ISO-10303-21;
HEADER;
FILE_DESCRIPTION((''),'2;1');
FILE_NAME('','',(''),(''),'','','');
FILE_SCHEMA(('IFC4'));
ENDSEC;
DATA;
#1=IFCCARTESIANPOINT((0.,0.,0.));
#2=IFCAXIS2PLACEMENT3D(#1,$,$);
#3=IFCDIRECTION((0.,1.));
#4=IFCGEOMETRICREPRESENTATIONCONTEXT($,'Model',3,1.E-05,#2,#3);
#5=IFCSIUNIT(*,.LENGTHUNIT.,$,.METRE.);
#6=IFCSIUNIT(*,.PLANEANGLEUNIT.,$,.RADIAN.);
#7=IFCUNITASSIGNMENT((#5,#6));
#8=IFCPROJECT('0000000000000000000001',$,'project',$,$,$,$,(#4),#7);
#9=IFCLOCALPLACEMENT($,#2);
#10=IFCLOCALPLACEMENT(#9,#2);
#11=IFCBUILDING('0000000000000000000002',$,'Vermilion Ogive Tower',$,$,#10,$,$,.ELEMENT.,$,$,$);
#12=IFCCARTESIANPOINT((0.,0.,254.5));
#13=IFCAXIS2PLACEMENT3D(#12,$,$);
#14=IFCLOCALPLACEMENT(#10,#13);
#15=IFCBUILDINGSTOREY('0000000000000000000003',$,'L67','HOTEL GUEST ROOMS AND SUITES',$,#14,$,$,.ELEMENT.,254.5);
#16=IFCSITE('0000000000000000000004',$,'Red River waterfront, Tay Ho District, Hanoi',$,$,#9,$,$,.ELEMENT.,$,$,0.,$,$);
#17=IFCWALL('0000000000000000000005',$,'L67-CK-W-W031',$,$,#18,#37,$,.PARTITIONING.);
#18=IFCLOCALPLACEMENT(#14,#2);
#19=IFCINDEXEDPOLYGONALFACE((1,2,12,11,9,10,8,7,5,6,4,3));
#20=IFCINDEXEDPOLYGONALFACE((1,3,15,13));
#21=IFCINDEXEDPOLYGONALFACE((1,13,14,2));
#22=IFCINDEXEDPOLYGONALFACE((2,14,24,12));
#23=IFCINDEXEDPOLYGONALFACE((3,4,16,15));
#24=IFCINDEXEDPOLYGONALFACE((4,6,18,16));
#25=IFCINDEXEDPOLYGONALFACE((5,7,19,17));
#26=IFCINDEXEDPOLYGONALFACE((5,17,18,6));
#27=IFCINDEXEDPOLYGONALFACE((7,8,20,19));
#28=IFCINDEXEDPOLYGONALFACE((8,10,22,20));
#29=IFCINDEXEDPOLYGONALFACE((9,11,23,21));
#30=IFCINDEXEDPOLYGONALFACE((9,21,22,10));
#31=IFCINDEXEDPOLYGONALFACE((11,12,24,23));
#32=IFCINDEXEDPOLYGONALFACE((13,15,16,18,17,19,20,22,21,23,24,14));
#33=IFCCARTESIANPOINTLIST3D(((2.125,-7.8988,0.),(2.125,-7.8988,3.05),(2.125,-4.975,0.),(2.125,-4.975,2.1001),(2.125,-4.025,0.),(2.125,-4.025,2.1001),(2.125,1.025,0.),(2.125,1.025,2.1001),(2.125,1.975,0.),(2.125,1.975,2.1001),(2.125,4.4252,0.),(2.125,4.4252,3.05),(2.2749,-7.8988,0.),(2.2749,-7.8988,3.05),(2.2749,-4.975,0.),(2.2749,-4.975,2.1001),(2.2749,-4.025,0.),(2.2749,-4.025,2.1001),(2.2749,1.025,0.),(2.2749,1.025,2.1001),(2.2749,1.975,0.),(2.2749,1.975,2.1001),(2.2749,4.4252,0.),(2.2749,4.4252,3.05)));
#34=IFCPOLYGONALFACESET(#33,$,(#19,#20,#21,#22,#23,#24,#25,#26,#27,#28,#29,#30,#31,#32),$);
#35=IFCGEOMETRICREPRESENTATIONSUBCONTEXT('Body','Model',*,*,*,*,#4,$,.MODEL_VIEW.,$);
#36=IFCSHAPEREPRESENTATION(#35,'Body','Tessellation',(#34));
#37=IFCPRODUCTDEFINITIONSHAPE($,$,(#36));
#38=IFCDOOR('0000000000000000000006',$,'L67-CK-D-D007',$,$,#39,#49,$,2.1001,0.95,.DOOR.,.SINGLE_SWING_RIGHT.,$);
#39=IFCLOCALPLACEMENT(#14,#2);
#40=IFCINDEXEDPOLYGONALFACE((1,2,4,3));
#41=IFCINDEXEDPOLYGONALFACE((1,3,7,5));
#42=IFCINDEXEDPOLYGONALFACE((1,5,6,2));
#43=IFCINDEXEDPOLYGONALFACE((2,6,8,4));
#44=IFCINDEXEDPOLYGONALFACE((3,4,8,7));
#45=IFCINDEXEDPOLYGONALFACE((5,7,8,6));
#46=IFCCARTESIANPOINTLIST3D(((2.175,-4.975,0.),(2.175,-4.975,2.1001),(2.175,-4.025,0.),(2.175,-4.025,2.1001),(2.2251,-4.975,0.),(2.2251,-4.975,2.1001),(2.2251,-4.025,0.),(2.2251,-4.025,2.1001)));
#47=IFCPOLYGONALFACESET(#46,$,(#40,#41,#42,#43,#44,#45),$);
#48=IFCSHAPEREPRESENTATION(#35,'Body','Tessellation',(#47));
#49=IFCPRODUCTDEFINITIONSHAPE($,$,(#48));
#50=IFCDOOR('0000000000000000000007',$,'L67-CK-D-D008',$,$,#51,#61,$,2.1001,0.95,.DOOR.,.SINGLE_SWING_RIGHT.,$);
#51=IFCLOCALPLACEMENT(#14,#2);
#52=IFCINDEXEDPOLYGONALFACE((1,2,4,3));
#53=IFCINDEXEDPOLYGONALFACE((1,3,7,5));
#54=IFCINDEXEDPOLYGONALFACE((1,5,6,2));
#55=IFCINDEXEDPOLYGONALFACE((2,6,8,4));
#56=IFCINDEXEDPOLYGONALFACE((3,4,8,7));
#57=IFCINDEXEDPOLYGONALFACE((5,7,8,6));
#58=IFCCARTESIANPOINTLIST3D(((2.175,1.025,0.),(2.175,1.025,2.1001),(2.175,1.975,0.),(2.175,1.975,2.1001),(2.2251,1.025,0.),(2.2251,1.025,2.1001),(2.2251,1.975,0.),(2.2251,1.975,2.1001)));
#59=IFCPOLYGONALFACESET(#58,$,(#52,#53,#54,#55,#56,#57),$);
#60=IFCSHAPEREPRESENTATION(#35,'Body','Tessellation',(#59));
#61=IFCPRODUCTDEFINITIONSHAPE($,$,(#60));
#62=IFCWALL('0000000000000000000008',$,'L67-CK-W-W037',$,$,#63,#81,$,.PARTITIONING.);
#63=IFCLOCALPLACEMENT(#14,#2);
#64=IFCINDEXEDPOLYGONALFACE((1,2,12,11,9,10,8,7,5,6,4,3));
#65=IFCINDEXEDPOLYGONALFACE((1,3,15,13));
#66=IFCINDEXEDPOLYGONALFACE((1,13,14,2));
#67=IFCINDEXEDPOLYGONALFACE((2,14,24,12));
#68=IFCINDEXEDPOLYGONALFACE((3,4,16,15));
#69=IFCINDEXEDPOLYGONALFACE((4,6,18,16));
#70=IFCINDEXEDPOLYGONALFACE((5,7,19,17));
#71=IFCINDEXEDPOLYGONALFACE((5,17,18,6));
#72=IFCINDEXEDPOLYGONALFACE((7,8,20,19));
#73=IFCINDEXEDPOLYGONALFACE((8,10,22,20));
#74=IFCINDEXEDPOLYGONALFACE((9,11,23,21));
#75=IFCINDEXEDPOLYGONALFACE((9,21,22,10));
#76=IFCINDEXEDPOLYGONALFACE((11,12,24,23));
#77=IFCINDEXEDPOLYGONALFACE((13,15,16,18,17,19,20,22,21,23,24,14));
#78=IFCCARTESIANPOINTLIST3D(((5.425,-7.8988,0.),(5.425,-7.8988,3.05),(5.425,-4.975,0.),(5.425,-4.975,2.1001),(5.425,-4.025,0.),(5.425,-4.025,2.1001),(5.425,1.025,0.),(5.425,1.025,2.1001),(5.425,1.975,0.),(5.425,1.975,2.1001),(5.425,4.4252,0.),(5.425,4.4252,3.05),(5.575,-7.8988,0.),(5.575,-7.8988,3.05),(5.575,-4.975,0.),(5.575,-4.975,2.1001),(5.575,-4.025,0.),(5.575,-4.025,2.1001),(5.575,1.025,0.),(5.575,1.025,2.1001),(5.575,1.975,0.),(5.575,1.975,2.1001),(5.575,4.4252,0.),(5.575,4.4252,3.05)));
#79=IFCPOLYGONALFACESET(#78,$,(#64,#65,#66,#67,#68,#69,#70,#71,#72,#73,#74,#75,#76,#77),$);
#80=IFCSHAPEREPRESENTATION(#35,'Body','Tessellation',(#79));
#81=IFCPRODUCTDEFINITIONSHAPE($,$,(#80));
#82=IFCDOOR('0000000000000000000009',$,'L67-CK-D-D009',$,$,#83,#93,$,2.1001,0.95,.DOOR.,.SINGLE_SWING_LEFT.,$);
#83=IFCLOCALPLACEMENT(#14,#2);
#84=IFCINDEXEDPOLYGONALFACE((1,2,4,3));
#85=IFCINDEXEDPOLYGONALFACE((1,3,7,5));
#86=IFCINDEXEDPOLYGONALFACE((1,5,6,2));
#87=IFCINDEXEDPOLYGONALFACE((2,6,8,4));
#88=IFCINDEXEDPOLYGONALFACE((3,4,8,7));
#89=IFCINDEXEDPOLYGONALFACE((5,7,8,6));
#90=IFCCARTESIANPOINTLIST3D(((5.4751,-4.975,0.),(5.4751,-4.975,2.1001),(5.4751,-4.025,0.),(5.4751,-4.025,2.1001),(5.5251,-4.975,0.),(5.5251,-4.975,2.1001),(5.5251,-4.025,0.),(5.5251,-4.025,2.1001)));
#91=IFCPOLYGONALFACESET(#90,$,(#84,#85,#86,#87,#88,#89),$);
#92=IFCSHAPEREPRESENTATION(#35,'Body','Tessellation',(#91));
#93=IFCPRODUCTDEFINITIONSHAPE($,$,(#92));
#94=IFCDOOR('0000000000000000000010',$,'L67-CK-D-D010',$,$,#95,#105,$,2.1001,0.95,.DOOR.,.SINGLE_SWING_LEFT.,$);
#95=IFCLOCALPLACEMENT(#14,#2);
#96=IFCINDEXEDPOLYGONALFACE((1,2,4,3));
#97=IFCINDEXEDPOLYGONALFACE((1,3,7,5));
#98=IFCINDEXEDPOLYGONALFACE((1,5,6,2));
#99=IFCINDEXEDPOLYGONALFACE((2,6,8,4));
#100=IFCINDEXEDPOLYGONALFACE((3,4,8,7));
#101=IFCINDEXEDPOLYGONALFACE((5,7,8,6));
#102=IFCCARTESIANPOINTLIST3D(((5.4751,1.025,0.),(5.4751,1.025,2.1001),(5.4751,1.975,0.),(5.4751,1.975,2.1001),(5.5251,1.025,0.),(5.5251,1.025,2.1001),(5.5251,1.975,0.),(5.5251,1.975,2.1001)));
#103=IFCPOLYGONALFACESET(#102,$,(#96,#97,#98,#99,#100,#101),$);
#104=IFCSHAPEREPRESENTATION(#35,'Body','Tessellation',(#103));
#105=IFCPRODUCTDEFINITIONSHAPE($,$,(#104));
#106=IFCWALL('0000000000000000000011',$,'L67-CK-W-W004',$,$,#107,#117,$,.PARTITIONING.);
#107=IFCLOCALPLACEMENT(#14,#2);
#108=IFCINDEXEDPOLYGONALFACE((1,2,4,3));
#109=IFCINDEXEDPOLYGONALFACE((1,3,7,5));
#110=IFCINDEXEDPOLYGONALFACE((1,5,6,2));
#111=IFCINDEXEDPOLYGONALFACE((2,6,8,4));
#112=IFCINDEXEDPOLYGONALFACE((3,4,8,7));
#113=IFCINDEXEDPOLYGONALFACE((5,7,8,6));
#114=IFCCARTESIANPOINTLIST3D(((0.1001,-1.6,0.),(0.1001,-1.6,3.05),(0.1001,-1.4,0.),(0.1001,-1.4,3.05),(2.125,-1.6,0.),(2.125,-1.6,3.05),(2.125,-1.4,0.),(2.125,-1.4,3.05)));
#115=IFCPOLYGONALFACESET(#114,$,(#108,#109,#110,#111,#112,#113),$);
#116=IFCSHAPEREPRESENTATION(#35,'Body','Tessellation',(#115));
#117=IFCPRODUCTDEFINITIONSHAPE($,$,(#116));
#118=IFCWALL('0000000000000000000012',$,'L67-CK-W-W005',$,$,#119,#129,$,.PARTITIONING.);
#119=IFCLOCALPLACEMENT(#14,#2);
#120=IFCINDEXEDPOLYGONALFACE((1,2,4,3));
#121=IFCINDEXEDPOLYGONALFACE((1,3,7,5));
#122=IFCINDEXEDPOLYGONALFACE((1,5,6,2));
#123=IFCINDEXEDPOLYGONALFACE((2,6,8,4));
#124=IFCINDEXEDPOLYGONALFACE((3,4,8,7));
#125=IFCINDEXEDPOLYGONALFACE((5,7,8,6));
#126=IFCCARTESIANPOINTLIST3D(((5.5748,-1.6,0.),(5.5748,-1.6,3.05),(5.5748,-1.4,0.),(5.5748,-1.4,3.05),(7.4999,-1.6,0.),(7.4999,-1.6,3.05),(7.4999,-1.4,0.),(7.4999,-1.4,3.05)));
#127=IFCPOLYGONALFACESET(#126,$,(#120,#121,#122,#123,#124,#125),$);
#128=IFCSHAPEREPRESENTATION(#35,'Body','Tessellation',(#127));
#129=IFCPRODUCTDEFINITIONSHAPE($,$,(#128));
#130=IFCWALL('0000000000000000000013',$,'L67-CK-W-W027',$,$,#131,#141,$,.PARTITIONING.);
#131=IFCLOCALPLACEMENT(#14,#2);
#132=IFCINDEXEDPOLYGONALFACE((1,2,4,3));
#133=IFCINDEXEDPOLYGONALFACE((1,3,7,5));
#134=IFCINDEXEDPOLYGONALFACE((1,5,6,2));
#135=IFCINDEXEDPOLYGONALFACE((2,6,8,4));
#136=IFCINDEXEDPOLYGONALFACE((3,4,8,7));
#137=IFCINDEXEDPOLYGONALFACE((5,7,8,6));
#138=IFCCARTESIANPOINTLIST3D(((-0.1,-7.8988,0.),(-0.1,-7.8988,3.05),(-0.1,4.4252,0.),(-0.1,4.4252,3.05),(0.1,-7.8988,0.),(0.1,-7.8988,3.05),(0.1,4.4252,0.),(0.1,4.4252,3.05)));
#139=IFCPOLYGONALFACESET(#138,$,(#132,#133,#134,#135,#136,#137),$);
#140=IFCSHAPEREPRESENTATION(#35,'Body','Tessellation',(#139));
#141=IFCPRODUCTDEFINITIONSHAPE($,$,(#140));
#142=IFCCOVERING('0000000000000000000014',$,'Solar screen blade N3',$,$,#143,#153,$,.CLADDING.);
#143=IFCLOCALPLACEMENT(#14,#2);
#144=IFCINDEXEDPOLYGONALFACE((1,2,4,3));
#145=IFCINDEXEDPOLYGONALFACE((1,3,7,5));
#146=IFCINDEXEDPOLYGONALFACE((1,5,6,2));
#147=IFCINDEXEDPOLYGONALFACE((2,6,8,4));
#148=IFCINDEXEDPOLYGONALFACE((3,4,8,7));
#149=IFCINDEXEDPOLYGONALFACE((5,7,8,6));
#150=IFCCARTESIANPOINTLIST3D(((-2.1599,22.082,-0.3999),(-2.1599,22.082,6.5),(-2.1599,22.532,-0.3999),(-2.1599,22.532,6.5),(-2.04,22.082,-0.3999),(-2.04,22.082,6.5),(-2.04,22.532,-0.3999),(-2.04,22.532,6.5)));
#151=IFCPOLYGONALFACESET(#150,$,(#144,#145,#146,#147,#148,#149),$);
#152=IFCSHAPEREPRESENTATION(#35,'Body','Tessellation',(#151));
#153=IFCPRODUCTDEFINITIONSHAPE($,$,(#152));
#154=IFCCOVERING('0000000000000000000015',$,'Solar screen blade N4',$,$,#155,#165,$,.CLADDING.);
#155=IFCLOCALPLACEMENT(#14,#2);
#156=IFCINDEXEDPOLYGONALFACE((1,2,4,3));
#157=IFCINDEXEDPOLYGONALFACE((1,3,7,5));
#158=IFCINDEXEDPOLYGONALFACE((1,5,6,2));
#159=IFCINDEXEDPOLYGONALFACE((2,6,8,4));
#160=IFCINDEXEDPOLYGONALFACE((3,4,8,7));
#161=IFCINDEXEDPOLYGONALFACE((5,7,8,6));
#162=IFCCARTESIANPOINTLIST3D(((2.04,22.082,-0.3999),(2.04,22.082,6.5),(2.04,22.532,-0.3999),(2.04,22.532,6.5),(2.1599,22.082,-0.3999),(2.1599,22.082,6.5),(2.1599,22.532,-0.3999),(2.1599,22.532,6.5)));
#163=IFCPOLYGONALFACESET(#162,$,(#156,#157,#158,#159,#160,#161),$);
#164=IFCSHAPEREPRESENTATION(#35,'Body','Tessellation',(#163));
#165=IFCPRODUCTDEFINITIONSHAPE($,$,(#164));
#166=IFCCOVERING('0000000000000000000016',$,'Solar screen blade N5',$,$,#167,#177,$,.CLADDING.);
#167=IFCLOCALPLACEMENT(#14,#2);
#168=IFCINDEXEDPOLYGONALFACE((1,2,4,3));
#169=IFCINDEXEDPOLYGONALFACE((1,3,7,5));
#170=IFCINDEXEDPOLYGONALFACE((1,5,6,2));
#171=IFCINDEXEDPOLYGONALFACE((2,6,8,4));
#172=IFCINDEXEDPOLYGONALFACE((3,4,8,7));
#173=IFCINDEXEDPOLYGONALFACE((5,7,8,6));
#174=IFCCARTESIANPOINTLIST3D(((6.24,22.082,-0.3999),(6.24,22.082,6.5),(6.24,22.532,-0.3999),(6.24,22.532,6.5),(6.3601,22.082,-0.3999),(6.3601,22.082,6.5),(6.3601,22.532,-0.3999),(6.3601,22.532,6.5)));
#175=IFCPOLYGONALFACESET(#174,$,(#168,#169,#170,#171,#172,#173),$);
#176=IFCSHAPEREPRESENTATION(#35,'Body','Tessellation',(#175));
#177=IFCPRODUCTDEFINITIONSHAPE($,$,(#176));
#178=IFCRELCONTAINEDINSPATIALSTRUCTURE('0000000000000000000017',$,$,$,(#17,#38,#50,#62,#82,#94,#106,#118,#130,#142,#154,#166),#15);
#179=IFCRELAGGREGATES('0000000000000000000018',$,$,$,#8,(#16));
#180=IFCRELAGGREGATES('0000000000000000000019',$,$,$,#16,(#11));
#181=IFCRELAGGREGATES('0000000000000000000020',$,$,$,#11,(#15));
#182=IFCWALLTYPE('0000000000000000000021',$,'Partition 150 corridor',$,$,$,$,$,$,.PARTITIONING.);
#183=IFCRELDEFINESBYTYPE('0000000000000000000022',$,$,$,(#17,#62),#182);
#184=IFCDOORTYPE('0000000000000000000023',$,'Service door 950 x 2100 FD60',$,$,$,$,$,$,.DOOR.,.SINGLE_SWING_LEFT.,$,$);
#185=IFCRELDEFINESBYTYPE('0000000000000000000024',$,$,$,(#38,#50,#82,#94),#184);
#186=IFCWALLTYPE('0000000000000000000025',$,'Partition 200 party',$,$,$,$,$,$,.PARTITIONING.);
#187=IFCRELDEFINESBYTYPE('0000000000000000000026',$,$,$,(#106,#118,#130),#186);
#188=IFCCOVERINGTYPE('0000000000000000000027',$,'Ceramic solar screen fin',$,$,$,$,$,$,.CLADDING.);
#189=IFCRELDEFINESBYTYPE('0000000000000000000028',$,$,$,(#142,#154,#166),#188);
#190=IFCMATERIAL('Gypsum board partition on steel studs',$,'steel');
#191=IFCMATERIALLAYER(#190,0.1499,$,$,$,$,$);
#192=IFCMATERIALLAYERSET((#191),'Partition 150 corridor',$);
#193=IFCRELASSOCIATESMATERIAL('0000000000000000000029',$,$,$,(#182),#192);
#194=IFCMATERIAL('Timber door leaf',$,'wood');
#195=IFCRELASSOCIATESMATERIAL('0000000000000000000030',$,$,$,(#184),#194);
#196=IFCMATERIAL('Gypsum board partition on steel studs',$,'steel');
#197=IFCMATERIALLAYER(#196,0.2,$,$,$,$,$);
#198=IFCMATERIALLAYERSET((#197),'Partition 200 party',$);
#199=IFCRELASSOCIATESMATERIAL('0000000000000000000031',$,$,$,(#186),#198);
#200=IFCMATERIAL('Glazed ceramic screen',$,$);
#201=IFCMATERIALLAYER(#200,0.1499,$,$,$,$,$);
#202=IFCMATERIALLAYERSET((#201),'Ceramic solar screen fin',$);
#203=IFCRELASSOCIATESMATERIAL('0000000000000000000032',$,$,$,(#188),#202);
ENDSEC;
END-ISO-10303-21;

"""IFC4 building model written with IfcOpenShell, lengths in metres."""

from ifc_helpers import new_model, si_unit, direction, frame, frame_2d, origin, place, context, subcontext, project, spatial, polyline, rectangle, outline, extrude, material, layer, layer_set, type_object, element, fill, save


model = new_model("IFC4")

# Units and contexts
model_context = context("Model", 3, precision=1e-05, world=origin(), true_north=direction((0.0, 1.0)))
body_context = subcontext(model_context, "Body", "Model", "MODEL_VIEW")
ifc_project = project(units=[si_unit("LENGTHUNIT", "METRE"), si_unit("PLANEANGLEUNIT", "RADIAN")], contexts=[model_context])

# Site, building, storey
site_placement = place(None, origin())
site = spatial("IfcSite", under=ifc_project, at=site_placement, Name="Red River waterfront, Tay Ho District, Hanoi", CompositionType="ELEMENT", RefElevation=0.0)
building_placement = place(site_placement, origin())
building = spatial("IfcBuilding", under=site, at=building_placement, Name="Vermilion Ogive Tower", CompositionType="ELEMENT")
storey_placement = place(building_placement, frame((0.0, 0.0, 254.5)))
storey = spatial("IfcBuildingStorey", under=building, at=storey_placement, Name="L67", Description="HOTEL GUEST ROOMS AND SUITES", CompositionType="ELEMENT", Elevation=254.5)

# Walls, openings, doors
ifc_material_1 = material(Name="Gypsum board partition on steel studs", Category="steel")
ifc_layer_1 = layer(ifc_material_1, 0.1499)
ifc_layer_set_1 = layer_set([ifc_layer_1], Name="Partition 150 corridor")
wall_type_1 = type_object("IfcWallType", Name="Partition 150 corridor", PredefinedType="PARTITIONING", material=ifc_layer_set_1)
wall_1_placement = place(storey_placement, frame((2.2, -7.8989, 0.0), z_axis=(0.0, 0.0, 1.0), x_axis=(0.0, 1.0, 0.0)))
wall_1 = element("IfcWall", 1, at=wall_1_placement, inside=storey, type_object=wall_type_1, Name="L67-CK-W-W031", PredefinedType="PARTITIONING", context=body_context, shape_type="SweptSolid", body=[
    extrude(rectangle(XDim=12.324, YDim=0.1499, at=frame_2d((6.1621, 0.0))), origin(), (0.0, 0.0, 1.0), 3.05),
])
opening_1_placement = place(wall_1_placement, frame((2.9238, 0.0, 0.0)))
opening_1 = element("IfcOpeningElement", 2, at=opening_1_placement, cuts=wall_1, PredefinedType="OPENING", context=body_context, shape_type="SweptSolid", body=[
    extrude(rectangle(XDim=0.95, YDim=2.1001, at=frame_2d((0.4751, 1.05))), frame((0.0, 0.085, 0.0), z_axis=(0.0, -1.0, 0.0), x_axis=(1.0, 0.0, 0.0)), (0.0, 0.0, 1.0), 0.1699),
])
opening_2_placement = place(wall_1_placement, frame((8.9238, 0.0, 0.0)))
opening_2 = element("IfcOpeningElement", 3, at=opening_2_placement, cuts=wall_1, PredefinedType="OPENING", context=body_context, shape_type="SweptSolid", body=[
    extrude(rectangle(XDim=0.95, YDim=2.1001, at=frame_2d((0.4751, 1.05))), frame((0.0, 0.085, 0.0), z_axis=(0.0, -1.0, 0.0), x_axis=(1.0, 0.0, 0.0)), (0.0, 0.0, 1.0), 0.1699),
])
ifc_material_2 = material(Name="Timber door leaf", Category="wood")
door_type_1 = type_object("IfcDoorType", Name="Service door 950 x 2100 FD60", OperationType="SINGLE_SWING_LEFT", PredefinedType="DOOR", material=ifc_material_2)
door_1_placement = place(opening_1_placement, origin())
door_1 = element("IfcDoor", 4, at=door_1_placement, inside=storey, type_object=door_type_1, Name="L67-CK-D-D007", OperationType="SINGLE_SWING_RIGHT", OverallHeight=2.1001, OverallWidth=0.95, PredefinedType="DOOR", context=body_context, shape_type="SweptSolid", body=[
    extrude(rectangle(XDim=0.95, YDim=2.1001, at=frame_2d((0.4751, 1.05))), frame((0.0, 0.0249, 0.0), z_axis=(0.0, -1.0, 0.0), x_axis=(1.0, 0.0, 0.0)), (0.0, 0.0, 1.0), 0.05),
])
fill(opening_1, door_1)
door_2_placement = place(opening_2_placement, origin())
door_2 = element("IfcDoor", 5, at=door_2_placement, inside=storey, type_object=door_type_1, Name="L67-CK-D-D008", OperationType="SINGLE_SWING_RIGHT", OverallHeight=2.1001, OverallWidth=0.95, PredefinedType="DOOR", context=body_context, shape_type="SweptSolid", body=[
    extrude(rectangle(XDim=0.95, YDim=2.1001, at=frame_2d((0.4751, 1.05))), frame((0.0, 0.0249, 0.0), z_axis=(0.0, -1.0, 0.0), x_axis=(1.0, 0.0, 0.0)), (0.0, 0.0, 1.0), 0.05),
])
fill(opening_2, door_2)
wall_2_placement = place(storey_placement, frame((5.5, -7.8989, 0.0), z_axis=(0.0, 0.0, 1.0), x_axis=(0.0, 1.0, 0.0)))
wall_2 = element("IfcWall", 6, at=wall_2_placement, inside=storey, type_object=wall_type_1, Name="L67-CK-W-W037", PredefinedType="PARTITIONING", context=body_context, shape_type="SweptSolid", body=[
    extrude(rectangle(XDim=12.324, YDim=0.1499, at=frame_2d((6.1621, 0.0))), origin(), (0.0, 0.0, 1.0), 3.05),
])
opening_3_placement = place(wall_2_placement, frame((2.9238, 0.0, 0.0)))
opening_3 = element("IfcOpeningElement", 7, at=opening_3_placement, cuts=wall_2, PredefinedType="OPENING", context=body_context, shape_type="SweptSolid", body=[
    extrude(rectangle(XDim=0.95, YDim=2.1001, at=frame_2d((0.4751, 1.05))), frame((0.0, 0.085, 0.0), z_axis=(0.0, -1.0, 0.0), x_axis=(1.0, 0.0, 0.0)), (0.0, 0.0, 1.0), 0.1699),
])
opening_4_placement = place(wall_2_placement, frame((8.9238, 0.0, 0.0)))
opening_4 = element("IfcOpeningElement", 8, at=opening_4_placement, cuts=wall_2, PredefinedType="OPENING", context=body_context, shape_type="SweptSolid", body=[
    extrude(rectangle(XDim=0.95, YDim=2.1001, at=frame_2d((0.4751, 1.05))), frame((0.0, 0.085, 0.0), z_axis=(0.0, -1.0, 0.0), x_axis=(1.0, 0.0, 0.0)), (0.0, 0.0, 1.0), 0.1699),
])
door_3_placement = place(opening_3_placement, origin())
door_3 = element("IfcDoor", 9, at=door_3_placement, inside=storey, type_object=door_type_1, Name="L67-CK-D-D009", OperationType="SINGLE_SWING_LEFT", OverallHeight=2.1001, OverallWidth=0.95, PredefinedType="DOOR", context=body_context, shape_type="SweptSolid", body=[
    extrude(rectangle(XDim=0.95, YDim=2.1001, at=frame_2d((0.4751, 1.05))), frame((0.0, 0.0249, 0.0), z_axis=(0.0, -1.0, 0.0), x_axis=(1.0, 0.0, 0.0)), (0.0, 0.0, 1.0), 0.05),
])
fill(opening_3, door_3)
door_4_placement = place(opening_4_placement, origin())
door_4 = element("IfcDoor", 10, at=door_4_placement, inside=storey, type_object=door_type_1, Name="L67-CK-D-D010", OperationType="SINGLE_SWING_LEFT", OverallHeight=2.1001, OverallWidth=0.95, PredefinedType="DOOR", context=body_context, shape_type="SweptSolid", body=[
    extrude(rectangle(XDim=0.95, YDim=2.1001, at=frame_2d((0.4751, 1.05))), frame((0.0, 0.0249, 0.0), z_axis=(0.0, -1.0, 0.0), x_axis=(1.0, 0.0, 0.0)), (0.0, 0.0, 1.0), 0.05),
])
fill(opening_4, door_4)

# Walls
ifc_material_3 = material(Name="Gypsum board partition on steel studs", Category="steel")
ifc_layer_2 = layer(ifc_material_3, 0.2)
ifc_layer_set_2 = layer_set([ifc_layer_2], Name="Partition 200 party")
wall_type_2 = type_object("IfcWallType", Name="Partition 200 party", PredefinedType="PARTITIONING", material=ifc_layer_set_2)
wall_3_placement = place(storey_placement, frame((0.1001, -1.5, 0.0), z_axis=(0.0, 0.0, 1.0), x_axis=(1.0, 0.0, 0.0)))
element("IfcWall", 11, at=wall_3_placement, inside=storey, type_object=wall_type_2, Name="L67-CK-W-W004", PredefinedType="PARTITIONING", context=body_context, shape_type="SweptSolid", body=[
    extrude(rectangle(XDim=2.0249, YDim=0.2, at=frame_2d((1.0125, 0.0))), origin(), (0.0, 0.0, 1.0), 3.05),
])
wall_4_placement = place(storey_placement, frame((5.575, -1.5, 0.0), z_axis=(0.0, 0.0, 1.0), x_axis=(1.0, 0.0, 0.0)))
element("IfcWall", 12, at=wall_4_placement, inside=storey, type_object=wall_type_2, Name="L67-CK-W-W005", PredefinedType="PARTITIONING", context=body_context, shape_type="SweptSolid", body=[
    extrude(rectangle(XDim=1.925, YDim=0.2, at=frame_2d((0.9624, 0.0))), origin(), (0.0, 0.0, 1.0), 3.05),
])
wall_5_placement = place(storey_placement, frame((0.0, -7.8989, 0.0), z_axis=(0.0, 0.0, 1.0), x_axis=(0.0, 1.0, 0.0)))
element("IfcWall", 13, at=wall_5_placement, inside=storey, type_object=wall_type_2, Name="L67-CK-W-W027", PredefinedType="PARTITIONING", context=body_context, shape_type="SweptSolid", body=[
    extrude(rectangle(XDim=12.324, YDim=0.2, at=frame_2d((6.1621, 0.0))), origin(), (0.0, 0.0, 1.0), 3.05),
])

# Coverings
ifc_material_4 = material(Name="Glazed ceramic screen")
ifc_layer_3 = layer(ifc_material_4, 0.1499)
ifc_layer_set_3 = layer_set([ifc_layer_3], Name="Ceramic solar screen fin")
covering_type = type_object("IfcCoveringType", Name="Ceramic solar screen fin", PredefinedType="CLADDING", material=ifc_layer_set_3)
covering_1_placement = place(storey_placement, frame((0.0, 0.0, -0.3999)))
element("IfcCovering", 14, at=covering_1_placement, inside=storey, type_object=covering_type, Name="Solar screen blade N3", PredefinedType="CLADDING", context=body_context, shape_type="SweptSolid", body=[
    extrude(outline(polyline([(-2.1599, 22.082), (-2.04, 22.082), (-2.04, 22.532), (-2.1599, 22.532), (-2.1599, 22.082)])), origin(), (0.0, 0.0, 1.0), 6.8999),
])
covering_2_placement = place(storey_placement, frame((0.0, 0.0, -0.3999)))
element("IfcCovering", 15, at=covering_2_placement, inside=storey, type_object=covering_type, Name="Solar screen blade N4", PredefinedType="CLADDING", context=body_context, shape_type="SweptSolid", body=[
    extrude(outline(polyline([(2.04, 22.082), (2.1599, 22.082), (2.1599, 22.532), (2.04, 22.532), (2.04, 22.082)])), origin(), (0.0, 0.0, 1.0), 6.8999),
])
covering_3_placement = place(storey_placement, frame((0.0, 0.0, -0.3999)))
element("IfcCovering", 16, at=covering_3_placement, inside=storey, type_object=covering_type, Name="Solar screen blade N5", PredefinedType="CLADDING", context=body_context, shape_type="SweptSolid", body=[
    extrude(outline(polyline([(6.24, 22.082), (6.3601, 22.082), (6.3601, 22.532), (6.24, 22.532), (6.24, 22.082)])), origin(), (0.0, 0.0, 1.0), 6.8999),
])

save(model, "model.ifc")
